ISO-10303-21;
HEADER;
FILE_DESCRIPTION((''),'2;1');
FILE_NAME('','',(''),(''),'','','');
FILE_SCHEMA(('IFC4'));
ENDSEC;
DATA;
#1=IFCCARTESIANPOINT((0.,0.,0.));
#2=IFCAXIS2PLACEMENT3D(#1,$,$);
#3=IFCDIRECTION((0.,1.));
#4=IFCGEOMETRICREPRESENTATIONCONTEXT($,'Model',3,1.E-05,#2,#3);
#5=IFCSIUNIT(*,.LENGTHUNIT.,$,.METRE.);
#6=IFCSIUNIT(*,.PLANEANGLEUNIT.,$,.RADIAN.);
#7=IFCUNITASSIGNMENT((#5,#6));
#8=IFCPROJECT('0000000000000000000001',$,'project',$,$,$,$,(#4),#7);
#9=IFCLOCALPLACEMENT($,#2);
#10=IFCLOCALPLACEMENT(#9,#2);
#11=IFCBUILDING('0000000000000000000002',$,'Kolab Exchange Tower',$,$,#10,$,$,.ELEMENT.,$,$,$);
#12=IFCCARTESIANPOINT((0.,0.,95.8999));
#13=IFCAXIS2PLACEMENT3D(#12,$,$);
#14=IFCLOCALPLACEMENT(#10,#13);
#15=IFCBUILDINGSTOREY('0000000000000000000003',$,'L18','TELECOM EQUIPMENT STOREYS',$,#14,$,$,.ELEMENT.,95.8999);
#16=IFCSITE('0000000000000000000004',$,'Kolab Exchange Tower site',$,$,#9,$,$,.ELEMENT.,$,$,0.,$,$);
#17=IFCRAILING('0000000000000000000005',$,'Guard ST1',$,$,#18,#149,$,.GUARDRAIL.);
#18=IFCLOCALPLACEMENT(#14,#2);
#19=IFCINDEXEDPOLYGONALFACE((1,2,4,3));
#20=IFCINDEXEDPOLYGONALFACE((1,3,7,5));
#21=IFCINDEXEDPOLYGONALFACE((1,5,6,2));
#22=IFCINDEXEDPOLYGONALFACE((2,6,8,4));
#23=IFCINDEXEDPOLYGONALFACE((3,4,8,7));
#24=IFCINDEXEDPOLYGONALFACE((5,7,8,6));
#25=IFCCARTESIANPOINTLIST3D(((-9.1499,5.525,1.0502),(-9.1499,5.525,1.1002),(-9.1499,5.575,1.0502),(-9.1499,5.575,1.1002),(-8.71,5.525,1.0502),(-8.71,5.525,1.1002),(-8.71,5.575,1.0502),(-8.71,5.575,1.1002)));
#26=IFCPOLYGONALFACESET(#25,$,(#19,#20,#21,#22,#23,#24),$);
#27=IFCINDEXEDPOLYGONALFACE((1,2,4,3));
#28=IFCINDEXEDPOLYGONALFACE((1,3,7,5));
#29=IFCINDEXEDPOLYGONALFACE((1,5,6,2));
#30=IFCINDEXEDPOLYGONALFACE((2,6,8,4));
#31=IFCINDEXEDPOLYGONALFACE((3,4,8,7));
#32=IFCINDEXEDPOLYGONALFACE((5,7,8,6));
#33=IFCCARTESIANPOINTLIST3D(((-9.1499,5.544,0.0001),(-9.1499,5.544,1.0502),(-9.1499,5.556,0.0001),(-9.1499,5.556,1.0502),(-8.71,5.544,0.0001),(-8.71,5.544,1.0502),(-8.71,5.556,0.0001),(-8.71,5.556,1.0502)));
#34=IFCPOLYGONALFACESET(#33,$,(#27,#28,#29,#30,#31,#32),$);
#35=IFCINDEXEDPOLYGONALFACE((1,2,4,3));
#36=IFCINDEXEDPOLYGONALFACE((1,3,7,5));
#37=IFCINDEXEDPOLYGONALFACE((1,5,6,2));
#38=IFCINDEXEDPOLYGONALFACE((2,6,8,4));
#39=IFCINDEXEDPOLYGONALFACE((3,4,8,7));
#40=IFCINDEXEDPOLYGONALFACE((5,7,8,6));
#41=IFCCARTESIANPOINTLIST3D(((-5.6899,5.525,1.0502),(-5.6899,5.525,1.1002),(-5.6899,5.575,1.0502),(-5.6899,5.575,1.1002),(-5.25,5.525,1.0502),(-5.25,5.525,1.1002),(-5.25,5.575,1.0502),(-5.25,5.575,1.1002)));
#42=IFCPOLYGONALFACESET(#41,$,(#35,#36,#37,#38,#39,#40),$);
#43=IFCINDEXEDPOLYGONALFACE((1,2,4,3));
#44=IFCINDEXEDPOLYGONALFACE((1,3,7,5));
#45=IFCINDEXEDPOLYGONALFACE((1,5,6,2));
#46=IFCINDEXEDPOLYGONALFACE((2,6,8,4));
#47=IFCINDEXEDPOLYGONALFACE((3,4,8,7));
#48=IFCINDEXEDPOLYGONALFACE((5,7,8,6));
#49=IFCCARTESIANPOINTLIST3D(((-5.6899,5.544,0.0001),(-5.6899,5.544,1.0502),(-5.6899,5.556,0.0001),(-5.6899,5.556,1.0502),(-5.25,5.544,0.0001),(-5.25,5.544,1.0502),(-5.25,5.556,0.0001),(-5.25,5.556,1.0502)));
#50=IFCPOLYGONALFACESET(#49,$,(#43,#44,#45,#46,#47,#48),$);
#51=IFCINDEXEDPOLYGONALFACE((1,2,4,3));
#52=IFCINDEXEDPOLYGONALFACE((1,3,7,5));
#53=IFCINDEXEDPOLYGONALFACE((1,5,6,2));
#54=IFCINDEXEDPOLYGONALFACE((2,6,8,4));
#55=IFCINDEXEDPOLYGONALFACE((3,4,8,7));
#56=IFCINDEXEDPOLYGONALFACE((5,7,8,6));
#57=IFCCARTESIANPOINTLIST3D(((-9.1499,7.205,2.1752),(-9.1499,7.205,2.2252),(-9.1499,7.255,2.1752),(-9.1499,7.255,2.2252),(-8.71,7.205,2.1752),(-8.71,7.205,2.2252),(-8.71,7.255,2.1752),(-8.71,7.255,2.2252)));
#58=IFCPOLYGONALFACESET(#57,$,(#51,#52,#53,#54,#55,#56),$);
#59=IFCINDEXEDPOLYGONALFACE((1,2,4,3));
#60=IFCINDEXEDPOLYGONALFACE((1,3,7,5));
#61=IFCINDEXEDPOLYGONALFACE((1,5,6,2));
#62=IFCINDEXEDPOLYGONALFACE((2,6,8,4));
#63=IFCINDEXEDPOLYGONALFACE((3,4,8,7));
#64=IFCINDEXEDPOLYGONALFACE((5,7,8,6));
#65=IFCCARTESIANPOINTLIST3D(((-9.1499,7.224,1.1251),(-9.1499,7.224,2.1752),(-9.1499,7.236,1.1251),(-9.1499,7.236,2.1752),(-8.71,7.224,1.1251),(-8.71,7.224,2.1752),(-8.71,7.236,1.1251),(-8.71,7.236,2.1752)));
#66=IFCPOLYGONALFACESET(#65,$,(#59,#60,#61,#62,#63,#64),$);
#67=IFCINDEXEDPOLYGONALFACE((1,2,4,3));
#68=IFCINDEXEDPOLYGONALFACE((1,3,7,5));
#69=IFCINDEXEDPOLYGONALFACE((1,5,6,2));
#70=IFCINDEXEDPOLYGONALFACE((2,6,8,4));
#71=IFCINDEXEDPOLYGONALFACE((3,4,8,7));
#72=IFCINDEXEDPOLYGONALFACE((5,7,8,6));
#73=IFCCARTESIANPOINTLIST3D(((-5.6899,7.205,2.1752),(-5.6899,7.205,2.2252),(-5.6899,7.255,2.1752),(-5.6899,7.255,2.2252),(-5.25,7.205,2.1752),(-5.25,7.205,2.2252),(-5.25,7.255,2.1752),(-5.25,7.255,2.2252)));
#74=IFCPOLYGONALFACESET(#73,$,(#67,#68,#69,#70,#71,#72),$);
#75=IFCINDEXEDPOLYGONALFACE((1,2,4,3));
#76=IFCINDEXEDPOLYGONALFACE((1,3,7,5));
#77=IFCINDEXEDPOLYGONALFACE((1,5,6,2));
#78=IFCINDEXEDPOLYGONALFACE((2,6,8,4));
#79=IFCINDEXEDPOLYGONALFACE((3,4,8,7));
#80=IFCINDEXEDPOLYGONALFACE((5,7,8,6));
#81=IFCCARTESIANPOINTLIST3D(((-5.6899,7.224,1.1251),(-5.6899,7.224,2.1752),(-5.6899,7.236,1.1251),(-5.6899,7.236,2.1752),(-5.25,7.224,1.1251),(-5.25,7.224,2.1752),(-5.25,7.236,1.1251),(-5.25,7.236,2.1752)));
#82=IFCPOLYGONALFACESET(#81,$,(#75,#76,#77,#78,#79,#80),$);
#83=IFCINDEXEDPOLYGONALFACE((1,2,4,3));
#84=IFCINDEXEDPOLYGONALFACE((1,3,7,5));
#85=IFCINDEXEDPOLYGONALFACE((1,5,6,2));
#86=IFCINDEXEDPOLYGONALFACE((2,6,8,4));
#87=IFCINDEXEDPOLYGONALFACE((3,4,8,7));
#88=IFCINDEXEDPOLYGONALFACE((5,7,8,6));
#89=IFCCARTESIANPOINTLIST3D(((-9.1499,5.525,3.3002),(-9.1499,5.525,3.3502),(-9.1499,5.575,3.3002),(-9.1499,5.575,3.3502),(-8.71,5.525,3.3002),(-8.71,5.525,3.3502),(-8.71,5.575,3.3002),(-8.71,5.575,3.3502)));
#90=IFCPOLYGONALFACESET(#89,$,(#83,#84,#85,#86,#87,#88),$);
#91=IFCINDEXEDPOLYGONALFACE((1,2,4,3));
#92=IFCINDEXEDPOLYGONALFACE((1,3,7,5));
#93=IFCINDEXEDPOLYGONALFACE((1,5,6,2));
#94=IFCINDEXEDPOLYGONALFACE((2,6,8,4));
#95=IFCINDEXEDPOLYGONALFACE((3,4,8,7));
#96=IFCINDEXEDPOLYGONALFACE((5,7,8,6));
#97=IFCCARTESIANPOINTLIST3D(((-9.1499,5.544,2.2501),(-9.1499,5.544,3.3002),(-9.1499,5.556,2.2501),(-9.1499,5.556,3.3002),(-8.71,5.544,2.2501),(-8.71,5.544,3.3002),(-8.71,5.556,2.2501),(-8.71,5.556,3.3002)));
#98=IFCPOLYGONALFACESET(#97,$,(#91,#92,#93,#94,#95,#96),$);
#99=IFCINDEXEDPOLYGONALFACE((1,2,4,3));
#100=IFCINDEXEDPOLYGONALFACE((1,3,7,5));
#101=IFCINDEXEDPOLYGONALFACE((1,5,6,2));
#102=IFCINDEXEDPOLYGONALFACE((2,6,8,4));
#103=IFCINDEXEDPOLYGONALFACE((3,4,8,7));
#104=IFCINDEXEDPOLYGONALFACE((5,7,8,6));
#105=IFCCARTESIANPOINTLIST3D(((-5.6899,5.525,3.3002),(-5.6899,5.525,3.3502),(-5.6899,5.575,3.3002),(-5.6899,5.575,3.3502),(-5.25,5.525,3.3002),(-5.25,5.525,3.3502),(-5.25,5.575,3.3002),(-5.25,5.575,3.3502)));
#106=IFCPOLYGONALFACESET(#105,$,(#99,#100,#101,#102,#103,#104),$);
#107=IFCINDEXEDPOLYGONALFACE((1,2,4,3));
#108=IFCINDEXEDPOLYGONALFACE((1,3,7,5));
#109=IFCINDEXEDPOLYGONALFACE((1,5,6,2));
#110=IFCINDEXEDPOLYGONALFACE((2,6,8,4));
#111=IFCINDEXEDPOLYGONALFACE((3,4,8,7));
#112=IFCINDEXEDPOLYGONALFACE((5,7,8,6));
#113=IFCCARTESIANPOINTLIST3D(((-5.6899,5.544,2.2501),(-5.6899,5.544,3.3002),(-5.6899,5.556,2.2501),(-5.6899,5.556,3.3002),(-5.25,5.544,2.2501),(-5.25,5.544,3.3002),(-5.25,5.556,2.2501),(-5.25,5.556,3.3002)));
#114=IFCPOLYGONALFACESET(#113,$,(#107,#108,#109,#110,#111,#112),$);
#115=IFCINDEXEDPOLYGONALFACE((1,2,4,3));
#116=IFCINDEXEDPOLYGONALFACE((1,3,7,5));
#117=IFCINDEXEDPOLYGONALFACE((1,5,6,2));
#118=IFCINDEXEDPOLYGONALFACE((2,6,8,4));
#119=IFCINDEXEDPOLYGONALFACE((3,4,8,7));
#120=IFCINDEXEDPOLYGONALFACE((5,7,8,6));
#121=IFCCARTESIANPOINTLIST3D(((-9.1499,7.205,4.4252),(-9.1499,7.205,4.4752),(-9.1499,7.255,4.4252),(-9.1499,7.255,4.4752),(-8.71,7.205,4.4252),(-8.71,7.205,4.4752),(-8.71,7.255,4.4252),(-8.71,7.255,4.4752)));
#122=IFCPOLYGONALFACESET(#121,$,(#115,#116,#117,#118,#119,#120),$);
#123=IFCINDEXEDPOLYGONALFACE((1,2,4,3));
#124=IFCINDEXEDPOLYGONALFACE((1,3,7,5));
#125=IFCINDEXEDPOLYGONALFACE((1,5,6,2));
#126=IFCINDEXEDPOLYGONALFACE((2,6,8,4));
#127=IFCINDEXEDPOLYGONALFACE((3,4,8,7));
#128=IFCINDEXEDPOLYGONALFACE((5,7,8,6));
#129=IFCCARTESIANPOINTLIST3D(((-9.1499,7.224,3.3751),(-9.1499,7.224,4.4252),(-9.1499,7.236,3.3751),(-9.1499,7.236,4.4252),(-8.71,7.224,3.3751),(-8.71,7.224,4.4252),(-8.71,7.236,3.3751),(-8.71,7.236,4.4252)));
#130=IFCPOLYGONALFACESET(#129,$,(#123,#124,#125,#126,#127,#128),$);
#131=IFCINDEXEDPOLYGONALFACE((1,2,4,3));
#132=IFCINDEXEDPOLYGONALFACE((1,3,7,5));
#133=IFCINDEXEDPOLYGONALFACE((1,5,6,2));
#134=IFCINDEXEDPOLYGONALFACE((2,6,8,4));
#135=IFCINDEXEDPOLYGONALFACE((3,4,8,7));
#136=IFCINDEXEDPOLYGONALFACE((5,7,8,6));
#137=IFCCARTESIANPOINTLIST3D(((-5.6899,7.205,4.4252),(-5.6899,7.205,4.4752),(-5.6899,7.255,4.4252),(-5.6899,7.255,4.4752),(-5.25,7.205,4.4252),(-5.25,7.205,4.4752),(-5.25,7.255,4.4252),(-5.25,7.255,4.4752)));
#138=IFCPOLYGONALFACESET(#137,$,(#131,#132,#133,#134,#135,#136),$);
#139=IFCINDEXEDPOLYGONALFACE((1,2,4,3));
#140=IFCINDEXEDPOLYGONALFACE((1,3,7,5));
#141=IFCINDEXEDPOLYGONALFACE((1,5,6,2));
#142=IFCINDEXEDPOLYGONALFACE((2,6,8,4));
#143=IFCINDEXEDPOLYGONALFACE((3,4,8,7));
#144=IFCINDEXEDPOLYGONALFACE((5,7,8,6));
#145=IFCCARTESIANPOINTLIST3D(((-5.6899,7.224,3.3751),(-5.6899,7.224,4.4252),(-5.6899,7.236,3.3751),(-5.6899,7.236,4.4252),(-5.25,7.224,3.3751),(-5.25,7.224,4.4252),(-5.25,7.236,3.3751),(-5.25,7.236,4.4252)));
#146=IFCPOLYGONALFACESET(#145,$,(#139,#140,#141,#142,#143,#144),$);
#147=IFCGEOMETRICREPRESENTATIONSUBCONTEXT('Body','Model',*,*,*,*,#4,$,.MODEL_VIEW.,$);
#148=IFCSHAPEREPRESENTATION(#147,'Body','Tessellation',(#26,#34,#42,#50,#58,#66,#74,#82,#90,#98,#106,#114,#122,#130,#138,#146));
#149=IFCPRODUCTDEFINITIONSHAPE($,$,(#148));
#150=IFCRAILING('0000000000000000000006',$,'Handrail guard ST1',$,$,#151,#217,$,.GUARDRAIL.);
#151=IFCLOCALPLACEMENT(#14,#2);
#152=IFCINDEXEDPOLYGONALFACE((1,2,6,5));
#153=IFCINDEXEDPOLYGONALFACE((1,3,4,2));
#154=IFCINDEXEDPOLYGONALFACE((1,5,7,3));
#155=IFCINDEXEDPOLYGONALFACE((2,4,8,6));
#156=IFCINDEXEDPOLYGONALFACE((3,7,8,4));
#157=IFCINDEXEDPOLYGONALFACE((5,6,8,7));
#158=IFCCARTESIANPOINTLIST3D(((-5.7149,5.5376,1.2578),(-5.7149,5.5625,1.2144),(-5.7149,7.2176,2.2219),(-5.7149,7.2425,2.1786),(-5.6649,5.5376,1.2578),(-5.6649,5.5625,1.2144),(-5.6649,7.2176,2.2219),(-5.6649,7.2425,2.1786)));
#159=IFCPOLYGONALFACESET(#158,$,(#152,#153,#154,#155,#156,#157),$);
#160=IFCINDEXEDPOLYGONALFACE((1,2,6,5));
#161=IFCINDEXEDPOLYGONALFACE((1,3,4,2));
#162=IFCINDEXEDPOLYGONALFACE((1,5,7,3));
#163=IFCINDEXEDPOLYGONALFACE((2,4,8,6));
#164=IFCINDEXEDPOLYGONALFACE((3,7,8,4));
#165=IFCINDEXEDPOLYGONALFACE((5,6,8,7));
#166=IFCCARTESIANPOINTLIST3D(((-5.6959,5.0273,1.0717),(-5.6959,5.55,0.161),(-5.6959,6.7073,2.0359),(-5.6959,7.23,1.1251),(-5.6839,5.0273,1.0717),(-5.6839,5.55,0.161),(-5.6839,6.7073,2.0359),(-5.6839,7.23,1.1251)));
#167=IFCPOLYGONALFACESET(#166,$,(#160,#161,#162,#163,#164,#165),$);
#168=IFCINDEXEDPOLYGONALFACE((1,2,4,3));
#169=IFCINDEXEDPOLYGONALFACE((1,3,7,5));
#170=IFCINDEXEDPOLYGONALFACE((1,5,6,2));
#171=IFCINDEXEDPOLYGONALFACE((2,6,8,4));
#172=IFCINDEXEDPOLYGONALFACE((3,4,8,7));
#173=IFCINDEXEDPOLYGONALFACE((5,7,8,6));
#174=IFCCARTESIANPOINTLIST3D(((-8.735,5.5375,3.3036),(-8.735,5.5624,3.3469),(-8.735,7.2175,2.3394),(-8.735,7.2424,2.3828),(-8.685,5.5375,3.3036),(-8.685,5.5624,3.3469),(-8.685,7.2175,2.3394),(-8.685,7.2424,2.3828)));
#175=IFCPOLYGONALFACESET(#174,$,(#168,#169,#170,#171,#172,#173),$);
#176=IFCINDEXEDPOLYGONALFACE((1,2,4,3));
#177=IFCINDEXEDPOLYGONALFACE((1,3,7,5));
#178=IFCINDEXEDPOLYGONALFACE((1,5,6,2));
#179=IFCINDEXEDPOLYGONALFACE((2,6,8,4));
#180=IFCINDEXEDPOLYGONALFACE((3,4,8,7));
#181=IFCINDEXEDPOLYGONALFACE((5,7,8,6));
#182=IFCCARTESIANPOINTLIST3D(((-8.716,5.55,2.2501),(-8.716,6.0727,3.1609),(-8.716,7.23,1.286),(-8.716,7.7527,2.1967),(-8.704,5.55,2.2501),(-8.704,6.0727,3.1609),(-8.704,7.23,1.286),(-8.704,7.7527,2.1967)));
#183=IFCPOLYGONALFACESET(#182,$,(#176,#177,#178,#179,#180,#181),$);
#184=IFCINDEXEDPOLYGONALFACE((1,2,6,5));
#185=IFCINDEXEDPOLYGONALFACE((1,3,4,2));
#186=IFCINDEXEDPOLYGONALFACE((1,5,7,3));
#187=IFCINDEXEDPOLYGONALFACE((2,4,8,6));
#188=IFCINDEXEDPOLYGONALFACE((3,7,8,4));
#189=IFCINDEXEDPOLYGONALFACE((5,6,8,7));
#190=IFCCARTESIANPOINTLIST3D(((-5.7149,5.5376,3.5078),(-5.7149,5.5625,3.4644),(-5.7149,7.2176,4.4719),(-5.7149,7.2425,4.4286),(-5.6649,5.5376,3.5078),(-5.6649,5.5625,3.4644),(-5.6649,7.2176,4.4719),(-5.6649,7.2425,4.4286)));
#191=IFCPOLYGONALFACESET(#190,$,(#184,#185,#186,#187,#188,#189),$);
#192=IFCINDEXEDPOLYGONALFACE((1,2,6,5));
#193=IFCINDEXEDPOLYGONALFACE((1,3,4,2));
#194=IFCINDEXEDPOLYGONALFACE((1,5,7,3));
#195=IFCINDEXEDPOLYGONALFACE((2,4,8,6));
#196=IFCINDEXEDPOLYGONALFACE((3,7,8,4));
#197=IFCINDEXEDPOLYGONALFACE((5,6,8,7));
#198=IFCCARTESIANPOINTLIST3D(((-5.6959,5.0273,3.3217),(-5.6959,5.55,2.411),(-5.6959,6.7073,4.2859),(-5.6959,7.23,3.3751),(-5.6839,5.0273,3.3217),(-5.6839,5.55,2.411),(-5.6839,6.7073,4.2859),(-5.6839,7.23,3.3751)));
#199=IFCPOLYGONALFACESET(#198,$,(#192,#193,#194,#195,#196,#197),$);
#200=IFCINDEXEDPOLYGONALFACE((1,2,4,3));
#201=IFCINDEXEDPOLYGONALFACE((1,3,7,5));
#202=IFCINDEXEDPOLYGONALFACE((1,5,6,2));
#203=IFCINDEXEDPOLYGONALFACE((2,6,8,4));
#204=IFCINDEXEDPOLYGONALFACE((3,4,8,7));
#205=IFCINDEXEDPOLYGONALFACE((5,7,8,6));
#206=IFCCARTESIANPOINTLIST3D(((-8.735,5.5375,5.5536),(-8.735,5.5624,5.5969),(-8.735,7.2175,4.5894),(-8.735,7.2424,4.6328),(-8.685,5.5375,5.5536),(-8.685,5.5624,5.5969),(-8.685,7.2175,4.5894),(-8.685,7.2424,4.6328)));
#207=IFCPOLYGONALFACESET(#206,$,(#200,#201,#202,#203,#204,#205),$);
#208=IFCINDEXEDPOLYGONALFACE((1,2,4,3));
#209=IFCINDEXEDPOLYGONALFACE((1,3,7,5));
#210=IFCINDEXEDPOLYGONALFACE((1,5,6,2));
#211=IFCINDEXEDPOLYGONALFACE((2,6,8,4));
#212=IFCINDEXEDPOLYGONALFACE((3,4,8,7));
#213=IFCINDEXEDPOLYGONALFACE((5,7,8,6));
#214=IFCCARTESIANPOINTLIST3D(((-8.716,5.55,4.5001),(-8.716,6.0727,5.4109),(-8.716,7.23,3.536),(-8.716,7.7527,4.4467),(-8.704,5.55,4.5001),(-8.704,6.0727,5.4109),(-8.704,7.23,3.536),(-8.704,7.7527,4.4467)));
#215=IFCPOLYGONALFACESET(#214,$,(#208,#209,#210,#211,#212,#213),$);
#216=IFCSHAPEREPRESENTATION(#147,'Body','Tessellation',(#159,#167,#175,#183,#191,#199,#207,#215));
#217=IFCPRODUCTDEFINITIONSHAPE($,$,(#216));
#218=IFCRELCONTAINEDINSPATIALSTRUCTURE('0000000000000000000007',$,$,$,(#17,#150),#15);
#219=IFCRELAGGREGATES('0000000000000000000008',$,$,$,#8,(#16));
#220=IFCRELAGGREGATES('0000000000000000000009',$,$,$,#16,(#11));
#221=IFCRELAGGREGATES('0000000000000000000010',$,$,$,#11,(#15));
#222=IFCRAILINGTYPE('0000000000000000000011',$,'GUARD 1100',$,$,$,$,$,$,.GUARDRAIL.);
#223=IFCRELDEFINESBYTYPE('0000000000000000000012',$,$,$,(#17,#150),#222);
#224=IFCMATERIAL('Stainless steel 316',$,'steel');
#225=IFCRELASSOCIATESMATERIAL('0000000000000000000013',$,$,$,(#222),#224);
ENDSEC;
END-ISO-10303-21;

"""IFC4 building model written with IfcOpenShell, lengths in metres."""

from ifc_helpers import new_model, si_unit, direction, frame, frame_2d, origin, origin_2d, place, context, subcontext, project, spatial, rectangle, extrude, material, type_object, element, save


model = new_model("IFC4")

# Units and contexts
model_context = context("Model", 3, precision=1e-05, world=origin(), true_north=direction((0.0, 1.0)))
body_context = subcontext(model_context, "Body", "Model", "MODEL_VIEW")
ifc_project = project(units=[si_unit("LENGTHUNIT", "METRE"), si_unit("PLANEANGLEUNIT", "RADIAN")], contexts=[model_context])

# Site, building, storey
site_placement = place(None, origin())
site = spatial("IfcSite", under=ifc_project, at=site_placement, Name="Kolab Exchange Tower site", CompositionType="ELEMENT", RefElevation=0.0)
building_placement = place(site_placement, origin())
building = spatial("IfcBuilding", under=site, at=building_placement, Name="Kolab Exchange Tower", CompositionType="ELEMENT")
storey_placement = place(building_placement, frame((0.0, 0.0, 95.8999)))
storey = spatial("IfcBuildingStorey", under=building, at=storey_placement, Name="L18", Description="TELECOM EQUIPMENT STOREYS", CompositionType="ELEMENT", Elevation=95.8999)

# Railings
ifc_material_1 = material(Name="Stainless steel 316", Category="steel")
railing_type = type_object("IfcRailingType", Name="GUARD 1100", PredefinedType="GUARDRAIL", material=ifc_material_1)
railing_1_placement = place(storey_placement, frame((-9.1499, 5.55, 0.0)))
element("IfcRailing", 1, at=railing_1_placement, inside=storey, type_object=railing_type, Name="Guard ST1", PredefinedType="GUARDRAIL", context=body_context, shape_type="SweptSolid", body=[
    extrude(rectangle(XDim=0.05, YDim=0.05, at=origin_2d()), frame((0.0, 0.0, 1.0752), z_axis=(1.0, 0.0, 0.0), x_axis=(0.0, 1.0, 0.0)), (0.0, 0.0, 1.0), 0.4399),
    extrude(rectangle(XDim=0.012, YDim=1.0501, at=frame_2d((0.0, 0.5251))), frame((0.0, 0.0, 0.0), z_axis=(1.0, 0.0, 0.0), x_axis=(0.0, 1.0, 0.0)), (0.0, 0.0, 1.0), 0.4399),
    extrude(rectangle(XDim=0.05, YDim=0.05, at=origin_2d()), frame((3.46, 0.0, 1.0752), z_axis=(1.0, 0.0, 0.0), x_axis=(0.0, 1.0, 0.0)), (0.0, 0.0, 1.0), 0.4399),
    extrude(rectangle(XDim=0.012, YDim=1.0501, at=frame_2d((0.0, 0.5251))), frame((3.46, 0.0, 0.0), z_axis=(1.0, 0.0, 0.0), x_axis=(0.0, 1.0, 0.0)), (0.0, 0.0, 1.0), 0.4399),
    extrude(rectangle(XDim=0.05, YDim=0.05, at=origin_2d()), frame((0.0, 1.6799, 2.2002), z_axis=(1.0, 0.0, 0.0), x_axis=(0.0, 1.0, 0.0)), (0.0, 0.0, 1.0), 0.4399),
    extrude(rectangle(XDim=0.012, YDim=1.0501, at=frame_2d((0.0, 0.5251))), frame((0.0, 1.6799, 1.125), z_axis=(1.0, 0.0, 0.0), x_axis=(0.0, 1.0, 0.0)), (0.0, 0.0, 1.0), 0.4399),
    extrude(rectangle(XDim=0.05, YDim=0.05, at=origin_2d()), frame((3.46, 1.6799, 2.2002), z_axis=(1.0, 0.0, 0.0), x_axis=(0.0, 1.0, 0.0)), (0.0, 0.0, 1.0), 0.4399),
    extrude(rectangle(XDim=0.012, YDim=1.0501, at=frame_2d((0.0, 0.5251))), frame((3.46, 1.6799, 1.125), z_axis=(1.0, 0.0, 0.0), x_axis=(0.0, 1.0, 0.0)), (0.0, 0.0, 1.0), 0.4399),
    extrude(rectangle(XDim=0.05, YDim=0.05, at=origin_2d()), frame((0.0, 0.0, 3.3252), z_axis=(1.0, 0.0, 0.0), x_axis=(0.0, 1.0, 0.0)), (0.0, 0.0, 1.0), 0.4399),
    extrude(rectangle(XDim=0.012, YDim=1.0501, at=frame_2d((0.0, 0.5251))), frame((0.0, 0.0, 2.25), z_axis=(1.0, 0.0, 0.0), x_axis=(0.0, 1.0, 0.0)), (0.0, 0.0, 1.0), 0.4399),
    extrude(rectangle(XDim=0.05, YDim=0.05, at=origin_2d()), frame((3.46, 0.0, 3.3252), z_axis=(1.0, 0.0, 0.0), x_axis=(0.0, 1.0, 0.0)), (0.0, 0.0, 1.0), 0.4399),
    extrude(rectangle(XDim=0.012, YDim=1.0501, at=frame_2d((0.0, 0.5251))), frame((3.46, 0.0, 2.25), z_axis=(1.0, 0.0, 0.0), x_axis=(0.0, 1.0, 0.0)), (0.0, 0.0, 1.0), 0.4399),
    extrude(rectangle(XDim=0.05, YDim=0.05, at=origin_2d()), frame((0.0, 1.6799, 4.4502), z_axis=(1.0, 0.0, 0.0), x_axis=(0.0, 1.0, 0.0)), (0.0, 0.0, 1.0), 0.4399),
    extrude(rectangle(XDim=0.012, YDim=1.0501, at=frame_2d((0.0, 0.5251))), frame((0.0, 1.6799, 3.375), z_axis=(1.0, 0.0, 0.0), x_axis=(0.0, 1.0, 0.0)), (0.0, 0.0, 1.0), 0.4399),
    extrude(rectangle(XDim=0.05, YDim=0.05, at=origin_2d()), frame((3.46, 1.6799, 4.4502), z_axis=(1.0, 0.0, 0.0), x_axis=(0.0, 1.0, 0.0)), (0.0, 0.0, 1.0), 0.4399),
    extrude(rectangle(XDim=0.012, YDim=1.0501, at=frame_2d((0.0, 0.5251))), frame((3.46, 1.6799, 3.375), z_axis=(1.0, 0.0, 0.0), x_axis=(0.0, 1.0, 0.0)), (0.0, 0.0, 1.0), 0.4399),
])
railing_2_placement = place(storey_placement, frame((-5.6899, 5.55, 0.1609)))
element("IfcRailing", 2, at=railing_2_placement, inside=storey, type_object=railing_type, Name="Handrail guard ST1", PredefinedType="GUARDRAIL", context=body_context, shape_type="SweptSolid", body=[
    extrude(rectangle(XDim=0.05, YDim=0.05, at=origin_2d()), frame((0.0, 0.0, 1.0752), z_axis=(0.0, 0.867319, 0.497753), x_axis=(-1.0, 0.0, 0.0)), (0.0, 0.0, 1.0), 1.937),
    extrude(rectangle(XDim=0.012, YDim=1.0501, at=frame_2d((0.0, 0.5251))), frame((0.0, 0.0, 0.0), z_axis=(0.0, 0.867319, 0.497753), x_axis=(-1.0, 0.0, 0.0)), (0.0, 0.0, 1.0), 1.937),
    extrude(rectangle(XDim=0.05, YDim=0.05, at=origin_2d()), frame((-3.02, 1.6799, 2.2002), z_axis=(0.0, -0.867319, 0.497753), x_axis=(1.0, 0.0, 0.0)), (0.0, 0.0, 1.0), 1.937),
    extrude(rectangle(XDim=0.012, YDim=1.0501, at=frame_2d((0.0, 0.5251))), frame((-3.02, 1.6799, 1.125), z_axis=(0.0, -0.867319, 0.497753), x_axis=(1.0, 0.0, 0.0)), (0.0, 0.0, 1.0), 1.937),
    extrude(rectangle(XDim=0.05, YDim=0.05, at=origin_2d()), frame((0.0, 0.0, 3.3252), z_axis=(0.0, 0.867319, 0.497753), x_axis=(-1.0, 0.0, 0.0)), (0.0, 0.0, 1.0), 1.937),
    extrude(rectangle(XDim=0.012, YDim=1.0501, at=frame_2d((0.0, 0.5251))), frame((0.0, 0.0, 2.25), z_axis=(0.0, 0.867319, 0.497753), x_axis=(-1.0, 0.0, 0.0)), (0.0, 0.0, 1.0), 1.937),
    extrude(rectangle(XDim=0.05, YDim=0.05, at=origin_2d()), frame((-3.02, 1.6799, 4.4502), z_axis=(0.0, -0.867319, 0.497753), x_axis=(1.0, 0.0, 0.0)), (0.0, 0.0, 1.0), 1.937),
    extrude(rectangle(XDim=0.012, YDim=1.0501, at=frame_2d((0.0, 0.5251))), frame((-3.02, 1.6799, 3.375), z_axis=(0.0, -0.867319, 0.497753), x_axis=(1.0, 0.0, 0.0)), (0.0, 0.0, 1.0), 1.937),
])

save(model, "model.ifc")
